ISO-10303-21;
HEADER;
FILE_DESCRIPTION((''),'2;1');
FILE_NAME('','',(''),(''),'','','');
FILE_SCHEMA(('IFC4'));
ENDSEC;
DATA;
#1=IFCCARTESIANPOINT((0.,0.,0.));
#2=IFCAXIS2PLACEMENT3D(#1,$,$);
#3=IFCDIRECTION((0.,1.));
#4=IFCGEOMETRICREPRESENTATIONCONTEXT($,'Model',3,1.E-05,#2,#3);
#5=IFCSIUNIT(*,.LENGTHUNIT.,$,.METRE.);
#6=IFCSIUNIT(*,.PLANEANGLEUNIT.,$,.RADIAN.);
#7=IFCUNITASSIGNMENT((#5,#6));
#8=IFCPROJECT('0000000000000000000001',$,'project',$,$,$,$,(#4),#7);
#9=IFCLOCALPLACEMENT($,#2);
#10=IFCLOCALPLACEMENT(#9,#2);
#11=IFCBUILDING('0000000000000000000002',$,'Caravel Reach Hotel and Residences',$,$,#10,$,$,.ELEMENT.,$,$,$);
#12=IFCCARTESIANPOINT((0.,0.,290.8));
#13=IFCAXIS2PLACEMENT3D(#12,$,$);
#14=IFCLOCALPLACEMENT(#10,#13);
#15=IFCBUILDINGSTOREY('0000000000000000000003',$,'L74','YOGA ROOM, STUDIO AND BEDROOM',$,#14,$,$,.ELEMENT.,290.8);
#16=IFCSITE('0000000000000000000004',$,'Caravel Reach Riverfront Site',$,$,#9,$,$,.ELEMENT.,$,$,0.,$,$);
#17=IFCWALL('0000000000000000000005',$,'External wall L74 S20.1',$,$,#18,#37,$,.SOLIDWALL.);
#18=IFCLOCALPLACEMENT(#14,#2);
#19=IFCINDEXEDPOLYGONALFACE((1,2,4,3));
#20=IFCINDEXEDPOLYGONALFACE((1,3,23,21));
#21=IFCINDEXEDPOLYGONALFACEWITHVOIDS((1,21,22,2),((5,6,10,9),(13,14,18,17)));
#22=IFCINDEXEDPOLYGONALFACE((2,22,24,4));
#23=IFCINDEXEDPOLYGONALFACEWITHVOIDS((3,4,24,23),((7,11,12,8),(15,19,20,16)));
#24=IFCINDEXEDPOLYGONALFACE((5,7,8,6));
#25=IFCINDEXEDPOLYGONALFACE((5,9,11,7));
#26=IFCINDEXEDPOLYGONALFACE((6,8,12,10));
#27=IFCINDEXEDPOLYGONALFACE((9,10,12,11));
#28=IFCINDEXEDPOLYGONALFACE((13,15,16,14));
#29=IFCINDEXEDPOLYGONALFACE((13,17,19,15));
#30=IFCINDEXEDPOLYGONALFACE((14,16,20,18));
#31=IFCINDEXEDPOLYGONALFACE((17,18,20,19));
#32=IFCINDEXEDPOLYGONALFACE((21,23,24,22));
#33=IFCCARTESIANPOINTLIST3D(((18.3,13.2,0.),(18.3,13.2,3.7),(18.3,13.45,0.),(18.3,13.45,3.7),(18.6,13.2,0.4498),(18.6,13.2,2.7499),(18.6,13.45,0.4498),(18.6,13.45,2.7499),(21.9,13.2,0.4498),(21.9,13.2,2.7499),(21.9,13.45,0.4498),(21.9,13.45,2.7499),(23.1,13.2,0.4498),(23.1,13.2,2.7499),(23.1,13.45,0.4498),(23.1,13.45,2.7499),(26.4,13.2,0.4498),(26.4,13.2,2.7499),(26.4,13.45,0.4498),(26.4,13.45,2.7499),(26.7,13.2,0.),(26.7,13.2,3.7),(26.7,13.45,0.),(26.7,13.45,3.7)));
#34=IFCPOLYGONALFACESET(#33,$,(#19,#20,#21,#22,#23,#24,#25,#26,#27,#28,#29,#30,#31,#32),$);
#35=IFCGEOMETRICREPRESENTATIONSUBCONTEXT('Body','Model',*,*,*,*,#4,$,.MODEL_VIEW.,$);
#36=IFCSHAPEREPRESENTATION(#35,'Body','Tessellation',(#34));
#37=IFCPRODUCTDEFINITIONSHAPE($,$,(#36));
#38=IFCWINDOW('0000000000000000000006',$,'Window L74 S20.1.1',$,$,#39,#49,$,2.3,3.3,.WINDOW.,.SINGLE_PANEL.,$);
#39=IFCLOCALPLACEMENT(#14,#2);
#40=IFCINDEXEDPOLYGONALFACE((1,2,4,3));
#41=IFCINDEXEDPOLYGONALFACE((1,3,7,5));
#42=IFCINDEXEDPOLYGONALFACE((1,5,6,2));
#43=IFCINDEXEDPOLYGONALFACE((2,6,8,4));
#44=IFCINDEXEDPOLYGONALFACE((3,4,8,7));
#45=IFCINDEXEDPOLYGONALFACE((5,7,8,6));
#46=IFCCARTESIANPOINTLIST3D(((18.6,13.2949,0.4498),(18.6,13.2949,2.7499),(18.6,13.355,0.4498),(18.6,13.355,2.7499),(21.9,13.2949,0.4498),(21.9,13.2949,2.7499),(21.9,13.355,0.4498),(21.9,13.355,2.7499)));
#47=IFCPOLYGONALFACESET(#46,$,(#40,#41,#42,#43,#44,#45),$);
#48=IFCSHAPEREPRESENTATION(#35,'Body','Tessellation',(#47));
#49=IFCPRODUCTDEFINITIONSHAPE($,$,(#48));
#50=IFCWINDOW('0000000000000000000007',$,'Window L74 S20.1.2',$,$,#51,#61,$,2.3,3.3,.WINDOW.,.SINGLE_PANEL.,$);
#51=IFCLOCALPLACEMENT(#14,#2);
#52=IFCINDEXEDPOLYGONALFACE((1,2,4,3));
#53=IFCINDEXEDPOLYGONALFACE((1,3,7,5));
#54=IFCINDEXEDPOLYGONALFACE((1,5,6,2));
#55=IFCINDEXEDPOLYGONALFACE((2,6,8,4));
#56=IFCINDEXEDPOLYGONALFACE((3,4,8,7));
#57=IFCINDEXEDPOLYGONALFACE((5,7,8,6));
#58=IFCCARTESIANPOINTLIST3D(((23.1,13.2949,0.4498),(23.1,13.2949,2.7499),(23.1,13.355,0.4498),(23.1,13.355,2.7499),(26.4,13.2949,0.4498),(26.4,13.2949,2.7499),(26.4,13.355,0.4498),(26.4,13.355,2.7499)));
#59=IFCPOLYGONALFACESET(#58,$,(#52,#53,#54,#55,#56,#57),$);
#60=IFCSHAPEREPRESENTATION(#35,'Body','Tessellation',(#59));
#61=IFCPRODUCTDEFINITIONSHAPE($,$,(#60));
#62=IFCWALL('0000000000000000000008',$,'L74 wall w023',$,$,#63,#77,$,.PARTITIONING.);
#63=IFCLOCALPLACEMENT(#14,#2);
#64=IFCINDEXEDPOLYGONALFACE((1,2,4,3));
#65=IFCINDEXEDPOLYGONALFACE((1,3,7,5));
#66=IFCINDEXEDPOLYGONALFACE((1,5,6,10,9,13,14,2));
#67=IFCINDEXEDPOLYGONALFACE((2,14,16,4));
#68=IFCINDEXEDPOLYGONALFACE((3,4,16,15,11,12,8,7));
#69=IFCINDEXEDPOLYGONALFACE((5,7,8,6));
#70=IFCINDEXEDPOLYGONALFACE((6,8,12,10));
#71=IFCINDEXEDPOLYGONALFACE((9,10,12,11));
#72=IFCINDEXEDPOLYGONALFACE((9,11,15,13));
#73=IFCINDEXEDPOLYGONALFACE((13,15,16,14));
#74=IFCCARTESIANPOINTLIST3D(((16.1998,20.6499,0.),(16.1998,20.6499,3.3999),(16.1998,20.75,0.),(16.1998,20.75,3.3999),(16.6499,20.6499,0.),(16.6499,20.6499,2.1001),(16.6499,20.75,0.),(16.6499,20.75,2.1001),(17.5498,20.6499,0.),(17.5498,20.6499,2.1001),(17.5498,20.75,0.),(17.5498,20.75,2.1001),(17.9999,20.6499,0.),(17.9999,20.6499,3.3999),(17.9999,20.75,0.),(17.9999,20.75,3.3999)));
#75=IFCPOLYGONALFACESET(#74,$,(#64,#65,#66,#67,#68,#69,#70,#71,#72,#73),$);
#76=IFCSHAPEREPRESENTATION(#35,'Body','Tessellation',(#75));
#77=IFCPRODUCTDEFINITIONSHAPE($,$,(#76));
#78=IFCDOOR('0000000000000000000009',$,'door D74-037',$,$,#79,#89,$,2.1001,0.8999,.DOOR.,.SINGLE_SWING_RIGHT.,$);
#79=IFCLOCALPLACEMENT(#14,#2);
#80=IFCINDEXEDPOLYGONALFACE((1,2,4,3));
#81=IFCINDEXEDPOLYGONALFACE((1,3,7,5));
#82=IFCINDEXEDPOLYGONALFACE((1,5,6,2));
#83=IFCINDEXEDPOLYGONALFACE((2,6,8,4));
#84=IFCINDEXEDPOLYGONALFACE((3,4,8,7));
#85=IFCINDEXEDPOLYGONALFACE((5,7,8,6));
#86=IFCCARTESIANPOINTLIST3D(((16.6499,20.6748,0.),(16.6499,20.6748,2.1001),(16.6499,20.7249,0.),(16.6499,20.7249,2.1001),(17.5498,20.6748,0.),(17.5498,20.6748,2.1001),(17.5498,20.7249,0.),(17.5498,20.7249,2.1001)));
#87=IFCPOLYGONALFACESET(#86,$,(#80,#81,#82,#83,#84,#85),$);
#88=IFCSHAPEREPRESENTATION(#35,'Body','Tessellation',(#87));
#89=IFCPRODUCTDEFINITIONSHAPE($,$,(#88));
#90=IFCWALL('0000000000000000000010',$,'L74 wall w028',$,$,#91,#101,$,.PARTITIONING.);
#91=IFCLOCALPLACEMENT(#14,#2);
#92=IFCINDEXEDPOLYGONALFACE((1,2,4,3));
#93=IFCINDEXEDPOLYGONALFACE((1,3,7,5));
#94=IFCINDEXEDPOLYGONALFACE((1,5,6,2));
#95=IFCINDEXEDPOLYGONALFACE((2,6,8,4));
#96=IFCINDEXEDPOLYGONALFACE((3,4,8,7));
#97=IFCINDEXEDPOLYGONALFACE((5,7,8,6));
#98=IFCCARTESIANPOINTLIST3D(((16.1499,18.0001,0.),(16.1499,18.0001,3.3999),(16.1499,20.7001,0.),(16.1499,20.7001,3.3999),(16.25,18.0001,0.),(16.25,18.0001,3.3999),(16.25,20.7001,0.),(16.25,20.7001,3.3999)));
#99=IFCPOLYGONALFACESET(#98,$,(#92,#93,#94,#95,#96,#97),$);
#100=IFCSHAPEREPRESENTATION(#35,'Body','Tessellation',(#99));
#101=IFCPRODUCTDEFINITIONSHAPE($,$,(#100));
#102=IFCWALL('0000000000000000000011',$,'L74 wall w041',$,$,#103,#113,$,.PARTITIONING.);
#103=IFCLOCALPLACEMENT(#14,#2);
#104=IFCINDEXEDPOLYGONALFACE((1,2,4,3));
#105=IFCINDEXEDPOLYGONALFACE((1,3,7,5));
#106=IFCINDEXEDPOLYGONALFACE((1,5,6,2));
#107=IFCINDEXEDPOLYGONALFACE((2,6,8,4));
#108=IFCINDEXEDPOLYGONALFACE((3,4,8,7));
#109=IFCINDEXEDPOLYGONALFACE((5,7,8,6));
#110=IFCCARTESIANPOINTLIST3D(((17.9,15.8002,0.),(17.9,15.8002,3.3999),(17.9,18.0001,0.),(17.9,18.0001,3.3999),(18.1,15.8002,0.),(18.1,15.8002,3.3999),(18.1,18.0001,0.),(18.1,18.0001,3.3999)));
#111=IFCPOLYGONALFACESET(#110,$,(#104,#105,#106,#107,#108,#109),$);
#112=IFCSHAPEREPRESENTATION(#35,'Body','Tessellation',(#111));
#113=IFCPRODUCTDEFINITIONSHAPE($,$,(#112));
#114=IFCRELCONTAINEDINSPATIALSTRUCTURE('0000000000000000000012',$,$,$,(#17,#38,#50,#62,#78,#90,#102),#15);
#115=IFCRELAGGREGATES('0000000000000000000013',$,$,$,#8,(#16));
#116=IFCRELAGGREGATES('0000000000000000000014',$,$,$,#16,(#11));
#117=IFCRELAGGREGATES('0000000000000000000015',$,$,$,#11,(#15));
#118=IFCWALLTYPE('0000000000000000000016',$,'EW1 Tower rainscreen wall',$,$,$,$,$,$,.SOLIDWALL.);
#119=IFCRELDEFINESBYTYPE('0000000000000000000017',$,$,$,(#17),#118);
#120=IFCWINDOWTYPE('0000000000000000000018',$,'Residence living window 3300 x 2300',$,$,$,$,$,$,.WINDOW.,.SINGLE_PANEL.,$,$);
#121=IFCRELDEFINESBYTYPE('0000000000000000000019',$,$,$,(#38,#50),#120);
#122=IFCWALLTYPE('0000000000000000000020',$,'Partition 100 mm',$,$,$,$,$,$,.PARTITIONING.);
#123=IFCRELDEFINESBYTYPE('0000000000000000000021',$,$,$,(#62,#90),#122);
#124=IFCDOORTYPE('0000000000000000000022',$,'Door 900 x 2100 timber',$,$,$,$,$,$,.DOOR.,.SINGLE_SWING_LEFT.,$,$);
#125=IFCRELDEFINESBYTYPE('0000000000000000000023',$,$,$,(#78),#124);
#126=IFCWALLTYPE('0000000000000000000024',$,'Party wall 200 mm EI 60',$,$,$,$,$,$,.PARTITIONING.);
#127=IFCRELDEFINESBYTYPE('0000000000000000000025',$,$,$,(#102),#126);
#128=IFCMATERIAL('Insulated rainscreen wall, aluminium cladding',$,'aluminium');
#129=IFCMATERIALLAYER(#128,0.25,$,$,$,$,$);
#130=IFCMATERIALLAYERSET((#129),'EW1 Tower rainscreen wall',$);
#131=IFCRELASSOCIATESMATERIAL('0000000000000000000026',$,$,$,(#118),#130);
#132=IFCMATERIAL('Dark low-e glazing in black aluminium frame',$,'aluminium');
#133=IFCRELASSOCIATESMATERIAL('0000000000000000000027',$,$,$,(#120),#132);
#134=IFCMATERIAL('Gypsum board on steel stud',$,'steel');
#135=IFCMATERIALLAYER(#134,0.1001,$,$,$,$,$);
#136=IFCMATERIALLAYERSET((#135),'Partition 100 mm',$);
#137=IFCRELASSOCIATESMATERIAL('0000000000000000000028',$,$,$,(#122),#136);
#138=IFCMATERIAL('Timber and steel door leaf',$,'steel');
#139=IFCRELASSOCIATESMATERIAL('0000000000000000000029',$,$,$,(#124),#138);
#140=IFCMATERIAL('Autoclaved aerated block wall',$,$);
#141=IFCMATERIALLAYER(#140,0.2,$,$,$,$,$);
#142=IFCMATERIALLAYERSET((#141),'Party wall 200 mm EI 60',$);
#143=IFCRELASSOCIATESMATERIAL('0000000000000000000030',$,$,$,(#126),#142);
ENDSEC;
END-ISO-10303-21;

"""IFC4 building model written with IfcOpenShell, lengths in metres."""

from ifc_helpers import new_model, si_unit, direction, frame, frame_2d, origin, place, context, subcontext, project, spatial, rectangle, extrude, material, layer, layer_set, type_object, element, fill, save


model = new_model("IFC4")

# Units and contexts
model_context = context("Model", 3, precision=1e-05, world=origin(), true_north=direction((0.0, 1.0)))
body_context = subcontext(model_context, "Body", "Model", "MODEL_VIEW")
ifc_project = project(units=[si_unit("LENGTHUNIT", "METRE"), si_unit("PLANEANGLEUNIT", "RADIAN")], contexts=[model_context])

# Site, building, storey
site_placement = place(None, origin())
site = spatial("IfcSite", under=ifc_project, at=site_placement, Name="Caravel Reach Riverfront Site", CompositionType="ELEMENT", RefElevation=0.0)
building_placement = place(site_placement, origin())
building = spatial("IfcBuilding", under=site, at=building_placement, Name="Caravel Reach Hotel and Residences", CompositionType="ELEMENT")
storey_placement = place(building_placement, frame((0.0, 0.0, 290.8)))
storey = spatial("IfcBuildingStorey", under=building, at=storey_placement, Name="L74", Description="YOGA ROOM, STUDIO AND BEDROOM", CompositionType="ELEMENT", Elevation=290.8)

# Shared definitions
ifc_material_1 = material(Name="Insulated rainscreen wall, aluminium cladding", Category="aluminium")
ifc_layer_1 = layer(ifc_material_1, 0.25)
ifc_layer_set_1 = layer_set([ifc_layer_1], Name="EW1 Tower rainscreen wall")
wall_type_1 = type_object("IfcWallType", Name="EW1 Tower rainscreen wall", PredefinedType="SOLIDWALL", material=ifc_layer_set_1)

# Wall, openings, windows
wall_1_placement = place(storey_placement, frame((18.3, 13.325, 0.0), z_axis=(0.0, 0.0, 1.0), x_axis=(1.0, 0.0, 0.0)))
wall_1 = element("IfcWall", 1, at=wall_1_placement, inside=storey, type_object=wall_type_1, Name="External wall L74 S20.1", PredefinedType="SOLIDWALL", context=body_context, shape_type="SweptSolid", body=[
    extrude(rectangle(XDim=8.3999, YDim=0.25, at=frame_2d((4.2, 0.0))), origin(), (0.0, 0.0, 1.0), 3.7),
])
opening_1_placement = place(wall_1_placement, frame((0.3, 0.0, 0.45)))
opening_1 = element("IfcOpeningElement", 2, at=opening_1_placement, cuts=wall_1, PredefinedType="OPENING", context=body_context, shape_type="SweptSolid", body=[
    extrude(rectangle(XDim=3.3, YDim=2.3, at=frame_2d((1.6499, 1.1499))), frame((0.0, 0.135, 0.0), z_axis=(0.0, -1.0, 0.0), x_axis=(1.0, 0.0, 0.0)), (0.0, 0.0, 1.0), 0.27),
])
opening_2_placement = place(wall_1_placement, frame((4.8, 0.0, 0.45)))
opening_2 = element("IfcOpeningElement", 3, at=opening_2_placement, cuts=wall_1, PredefinedType="OPENING", context=body_context, shape_type="SweptSolid", body=[
    extrude(rectangle(XDim=3.3, YDim=2.3, at=frame_2d((1.6499, 1.1499))), frame((0.0, 0.135, 0.0), z_axis=(0.0, -1.0, 0.0), x_axis=(1.0, 0.0, 0.0)), (0.0, 0.0, 1.0), 0.27),
])
ifc_material_2 = material(Name="Dark low-e glazing in black aluminium frame", Category="aluminium")
window_type_1 = type_object("IfcWindowType", Name="Residence living window 3300 x 2300", PartitioningType="SINGLE_PANEL", PredefinedType="WINDOW", material=ifc_material_2)
window_1_placement = place(opening_1_placement, origin())
window_1 = element("IfcWindow", 4, at=window_1_placement, inside=storey, type_object=window_type_1, Name="Window L74 S20.1.1", OverallHeight=2.3, OverallWidth=3.3, PartitioningType="SINGLE_PANEL", PredefinedType="WINDOW", context=body_context, shape_type="SweptSolid", body=[
    extrude(rectangle(XDim=3.3, YDim=2.3, at=frame_2d((1.6499, 1.1499))), frame((0.0, 0.03, 0.0), z_axis=(0.0, -1.0, 0.0), x_axis=(1.0, 0.0, 0.0)), (0.0, 0.0, 1.0), 0.0601),
])
fill(opening_1, window_1)
window_2_placement = place(opening_2_placement, origin())
window_2 = element("IfcWindow", 5, at=window_2_placement, inside=storey, type_object=window_type_1, Name="Window L74 S20.1.2", OverallHeight=2.3, OverallWidth=3.3, PartitioningType="SINGLE_PANEL", PredefinedType="WINDOW", context=body_context, shape_type="SweptSolid", body=[
    extrude(rectangle(XDim=3.3, YDim=2.3, at=frame_2d((1.6499, 1.1499))), frame((0.0, 0.03, 0.0), z_axis=(0.0, -1.0, 0.0), x_axis=(1.0, 0.0, 0.0)), (0.0, 0.0, 1.0), 0.0601),
])
fill(opening_2, window_2)

# Wall, opening, door
ifc_material_3 = material(Name="Gypsum board on steel stud", Category="steel")
ifc_layer_2 = layer(ifc_material_3, 0.1001)
ifc_layer_set_2 = layer_set([ifc_layer_2], Name="Partition 100 mm")
wall_type_2 = type_object("IfcWallType", Name="Partition 100 mm", PredefinedType="PARTITIONING", material=ifc_layer_set_2)
wall_2_placement = place(storey_placement, frame((16.2, 20.7, 0.0), z_axis=(0.0, 0.0, 1.0), x_axis=(1.0, 0.0, 0.0)))
wall_2 = element("IfcWall", 6, at=wall_2_placement, inside=storey, type_object=wall_type_2, Name="L74 wall w023", PredefinedType="PARTITIONING", context=body_context, shape_type="SweptSolid", body=[
    extrude(rectangle(XDim=1.8, YDim=0.1001, at=frame_2d((0.8999, 0.0))), origin(), (0.0, 0.0, 1.0), 3.3999),
])
opening_3_placement = place(wall_2_placement, frame((0.45, 0.0, 0.0)))
opening_3 = element("IfcOpeningElement", 7, at=opening_3_placement, cuts=wall_2, PredefinedType="OPENING", context=body_context, shape_type="SweptSolid", body=[
    extrude(rectangle(XDim=0.8999, YDim=2.1001, at=frame_2d((0.45, 1.05))), frame((0.0, 0.0601, 0.0), z_axis=(0.0, -1.0, 0.0), x_axis=(1.0, 0.0, 0.0)), (0.0, 0.0, 1.0), 0.1201),
])
ifc_material_4 = material(Name="Timber and steel door leaf", Category="steel")
door_type = type_object("IfcDoorType", Name="Door 900 x 2100 timber", OperationType="SINGLE_SWING_LEFT", PredefinedType="DOOR", material=ifc_material_4)
door_placement = place(opening_3_placement, origin())
door = element("IfcDoor", 8, at=door_placement, inside=storey, type_object=door_type, Name="door D74-037", OperationType="SINGLE_SWING_RIGHT", OverallHeight=2.1001, OverallWidth=0.8999, PredefinedType="DOOR", context=body_context, shape_type="SweptSolid", body=[
    extrude(rectangle(XDim=0.8999, YDim=2.1001, at=frame_2d((0.45, 1.05))), frame((0.0, 0.0249, 0.0), z_axis=(0.0, -1.0, 0.0), x_axis=(1.0, 0.0, 0.0)), (0.0, 0.0, 1.0), 0.05),
])
fill(opening_3, door)

# Walls
wall_3_placement = place(storey_placement, frame((16.2, 18.0, 0.0), z_axis=(0.0, 0.0, 1.0), x_axis=(0.0, 1.0, 0.0)))
element("IfcWall", 9, at=wall_3_placement, inside=storey, type_object=wall_type_2, Name="L74 wall w028", PredefinedType="PARTITIONING", context=body_context, shape_type="SweptSolid", body=[
    extrude(rectangle(XDim=2.7, YDim=0.1001, at=frame_2d((1.3501, 0.0))), origin(), (0.0, 0.0, 1.0), 3.3999),
])
ifc_material_5 = material(Name="Autoclaved aerated block wall")
ifc_layer_3 = layer(ifc_material_5, 0.2)
ifc_layer_set_3 = layer_set([ifc_layer_3], Name="Party wall 200 mm EI 60")
wall_type_3 = type_object("IfcWallType", Name="Party wall 200 mm EI 60", PredefinedType="PARTITIONING", material=ifc_layer_set_3)
wall_4_placement = place(storey_placement, frame((18.0, 15.8, 0.0), z_axis=(0.0, 0.0, 1.0), x_axis=(0.0, 1.0, 0.0)))
element("IfcWall", 10, at=wall_4_placement, inside=storey, type_object=wall_type_3, Name="L74 wall w041", PredefinedType="PARTITIONING", context=body_context, shape_type="SweptSolid", body=[
    extrude(rectangle(XDim=2.2, YDim=0.2, at=frame_2d((1.1001, 0.0))), origin(), (0.0, 0.0, 1.0), 3.3999),
])

save(model, "model.ifc")
